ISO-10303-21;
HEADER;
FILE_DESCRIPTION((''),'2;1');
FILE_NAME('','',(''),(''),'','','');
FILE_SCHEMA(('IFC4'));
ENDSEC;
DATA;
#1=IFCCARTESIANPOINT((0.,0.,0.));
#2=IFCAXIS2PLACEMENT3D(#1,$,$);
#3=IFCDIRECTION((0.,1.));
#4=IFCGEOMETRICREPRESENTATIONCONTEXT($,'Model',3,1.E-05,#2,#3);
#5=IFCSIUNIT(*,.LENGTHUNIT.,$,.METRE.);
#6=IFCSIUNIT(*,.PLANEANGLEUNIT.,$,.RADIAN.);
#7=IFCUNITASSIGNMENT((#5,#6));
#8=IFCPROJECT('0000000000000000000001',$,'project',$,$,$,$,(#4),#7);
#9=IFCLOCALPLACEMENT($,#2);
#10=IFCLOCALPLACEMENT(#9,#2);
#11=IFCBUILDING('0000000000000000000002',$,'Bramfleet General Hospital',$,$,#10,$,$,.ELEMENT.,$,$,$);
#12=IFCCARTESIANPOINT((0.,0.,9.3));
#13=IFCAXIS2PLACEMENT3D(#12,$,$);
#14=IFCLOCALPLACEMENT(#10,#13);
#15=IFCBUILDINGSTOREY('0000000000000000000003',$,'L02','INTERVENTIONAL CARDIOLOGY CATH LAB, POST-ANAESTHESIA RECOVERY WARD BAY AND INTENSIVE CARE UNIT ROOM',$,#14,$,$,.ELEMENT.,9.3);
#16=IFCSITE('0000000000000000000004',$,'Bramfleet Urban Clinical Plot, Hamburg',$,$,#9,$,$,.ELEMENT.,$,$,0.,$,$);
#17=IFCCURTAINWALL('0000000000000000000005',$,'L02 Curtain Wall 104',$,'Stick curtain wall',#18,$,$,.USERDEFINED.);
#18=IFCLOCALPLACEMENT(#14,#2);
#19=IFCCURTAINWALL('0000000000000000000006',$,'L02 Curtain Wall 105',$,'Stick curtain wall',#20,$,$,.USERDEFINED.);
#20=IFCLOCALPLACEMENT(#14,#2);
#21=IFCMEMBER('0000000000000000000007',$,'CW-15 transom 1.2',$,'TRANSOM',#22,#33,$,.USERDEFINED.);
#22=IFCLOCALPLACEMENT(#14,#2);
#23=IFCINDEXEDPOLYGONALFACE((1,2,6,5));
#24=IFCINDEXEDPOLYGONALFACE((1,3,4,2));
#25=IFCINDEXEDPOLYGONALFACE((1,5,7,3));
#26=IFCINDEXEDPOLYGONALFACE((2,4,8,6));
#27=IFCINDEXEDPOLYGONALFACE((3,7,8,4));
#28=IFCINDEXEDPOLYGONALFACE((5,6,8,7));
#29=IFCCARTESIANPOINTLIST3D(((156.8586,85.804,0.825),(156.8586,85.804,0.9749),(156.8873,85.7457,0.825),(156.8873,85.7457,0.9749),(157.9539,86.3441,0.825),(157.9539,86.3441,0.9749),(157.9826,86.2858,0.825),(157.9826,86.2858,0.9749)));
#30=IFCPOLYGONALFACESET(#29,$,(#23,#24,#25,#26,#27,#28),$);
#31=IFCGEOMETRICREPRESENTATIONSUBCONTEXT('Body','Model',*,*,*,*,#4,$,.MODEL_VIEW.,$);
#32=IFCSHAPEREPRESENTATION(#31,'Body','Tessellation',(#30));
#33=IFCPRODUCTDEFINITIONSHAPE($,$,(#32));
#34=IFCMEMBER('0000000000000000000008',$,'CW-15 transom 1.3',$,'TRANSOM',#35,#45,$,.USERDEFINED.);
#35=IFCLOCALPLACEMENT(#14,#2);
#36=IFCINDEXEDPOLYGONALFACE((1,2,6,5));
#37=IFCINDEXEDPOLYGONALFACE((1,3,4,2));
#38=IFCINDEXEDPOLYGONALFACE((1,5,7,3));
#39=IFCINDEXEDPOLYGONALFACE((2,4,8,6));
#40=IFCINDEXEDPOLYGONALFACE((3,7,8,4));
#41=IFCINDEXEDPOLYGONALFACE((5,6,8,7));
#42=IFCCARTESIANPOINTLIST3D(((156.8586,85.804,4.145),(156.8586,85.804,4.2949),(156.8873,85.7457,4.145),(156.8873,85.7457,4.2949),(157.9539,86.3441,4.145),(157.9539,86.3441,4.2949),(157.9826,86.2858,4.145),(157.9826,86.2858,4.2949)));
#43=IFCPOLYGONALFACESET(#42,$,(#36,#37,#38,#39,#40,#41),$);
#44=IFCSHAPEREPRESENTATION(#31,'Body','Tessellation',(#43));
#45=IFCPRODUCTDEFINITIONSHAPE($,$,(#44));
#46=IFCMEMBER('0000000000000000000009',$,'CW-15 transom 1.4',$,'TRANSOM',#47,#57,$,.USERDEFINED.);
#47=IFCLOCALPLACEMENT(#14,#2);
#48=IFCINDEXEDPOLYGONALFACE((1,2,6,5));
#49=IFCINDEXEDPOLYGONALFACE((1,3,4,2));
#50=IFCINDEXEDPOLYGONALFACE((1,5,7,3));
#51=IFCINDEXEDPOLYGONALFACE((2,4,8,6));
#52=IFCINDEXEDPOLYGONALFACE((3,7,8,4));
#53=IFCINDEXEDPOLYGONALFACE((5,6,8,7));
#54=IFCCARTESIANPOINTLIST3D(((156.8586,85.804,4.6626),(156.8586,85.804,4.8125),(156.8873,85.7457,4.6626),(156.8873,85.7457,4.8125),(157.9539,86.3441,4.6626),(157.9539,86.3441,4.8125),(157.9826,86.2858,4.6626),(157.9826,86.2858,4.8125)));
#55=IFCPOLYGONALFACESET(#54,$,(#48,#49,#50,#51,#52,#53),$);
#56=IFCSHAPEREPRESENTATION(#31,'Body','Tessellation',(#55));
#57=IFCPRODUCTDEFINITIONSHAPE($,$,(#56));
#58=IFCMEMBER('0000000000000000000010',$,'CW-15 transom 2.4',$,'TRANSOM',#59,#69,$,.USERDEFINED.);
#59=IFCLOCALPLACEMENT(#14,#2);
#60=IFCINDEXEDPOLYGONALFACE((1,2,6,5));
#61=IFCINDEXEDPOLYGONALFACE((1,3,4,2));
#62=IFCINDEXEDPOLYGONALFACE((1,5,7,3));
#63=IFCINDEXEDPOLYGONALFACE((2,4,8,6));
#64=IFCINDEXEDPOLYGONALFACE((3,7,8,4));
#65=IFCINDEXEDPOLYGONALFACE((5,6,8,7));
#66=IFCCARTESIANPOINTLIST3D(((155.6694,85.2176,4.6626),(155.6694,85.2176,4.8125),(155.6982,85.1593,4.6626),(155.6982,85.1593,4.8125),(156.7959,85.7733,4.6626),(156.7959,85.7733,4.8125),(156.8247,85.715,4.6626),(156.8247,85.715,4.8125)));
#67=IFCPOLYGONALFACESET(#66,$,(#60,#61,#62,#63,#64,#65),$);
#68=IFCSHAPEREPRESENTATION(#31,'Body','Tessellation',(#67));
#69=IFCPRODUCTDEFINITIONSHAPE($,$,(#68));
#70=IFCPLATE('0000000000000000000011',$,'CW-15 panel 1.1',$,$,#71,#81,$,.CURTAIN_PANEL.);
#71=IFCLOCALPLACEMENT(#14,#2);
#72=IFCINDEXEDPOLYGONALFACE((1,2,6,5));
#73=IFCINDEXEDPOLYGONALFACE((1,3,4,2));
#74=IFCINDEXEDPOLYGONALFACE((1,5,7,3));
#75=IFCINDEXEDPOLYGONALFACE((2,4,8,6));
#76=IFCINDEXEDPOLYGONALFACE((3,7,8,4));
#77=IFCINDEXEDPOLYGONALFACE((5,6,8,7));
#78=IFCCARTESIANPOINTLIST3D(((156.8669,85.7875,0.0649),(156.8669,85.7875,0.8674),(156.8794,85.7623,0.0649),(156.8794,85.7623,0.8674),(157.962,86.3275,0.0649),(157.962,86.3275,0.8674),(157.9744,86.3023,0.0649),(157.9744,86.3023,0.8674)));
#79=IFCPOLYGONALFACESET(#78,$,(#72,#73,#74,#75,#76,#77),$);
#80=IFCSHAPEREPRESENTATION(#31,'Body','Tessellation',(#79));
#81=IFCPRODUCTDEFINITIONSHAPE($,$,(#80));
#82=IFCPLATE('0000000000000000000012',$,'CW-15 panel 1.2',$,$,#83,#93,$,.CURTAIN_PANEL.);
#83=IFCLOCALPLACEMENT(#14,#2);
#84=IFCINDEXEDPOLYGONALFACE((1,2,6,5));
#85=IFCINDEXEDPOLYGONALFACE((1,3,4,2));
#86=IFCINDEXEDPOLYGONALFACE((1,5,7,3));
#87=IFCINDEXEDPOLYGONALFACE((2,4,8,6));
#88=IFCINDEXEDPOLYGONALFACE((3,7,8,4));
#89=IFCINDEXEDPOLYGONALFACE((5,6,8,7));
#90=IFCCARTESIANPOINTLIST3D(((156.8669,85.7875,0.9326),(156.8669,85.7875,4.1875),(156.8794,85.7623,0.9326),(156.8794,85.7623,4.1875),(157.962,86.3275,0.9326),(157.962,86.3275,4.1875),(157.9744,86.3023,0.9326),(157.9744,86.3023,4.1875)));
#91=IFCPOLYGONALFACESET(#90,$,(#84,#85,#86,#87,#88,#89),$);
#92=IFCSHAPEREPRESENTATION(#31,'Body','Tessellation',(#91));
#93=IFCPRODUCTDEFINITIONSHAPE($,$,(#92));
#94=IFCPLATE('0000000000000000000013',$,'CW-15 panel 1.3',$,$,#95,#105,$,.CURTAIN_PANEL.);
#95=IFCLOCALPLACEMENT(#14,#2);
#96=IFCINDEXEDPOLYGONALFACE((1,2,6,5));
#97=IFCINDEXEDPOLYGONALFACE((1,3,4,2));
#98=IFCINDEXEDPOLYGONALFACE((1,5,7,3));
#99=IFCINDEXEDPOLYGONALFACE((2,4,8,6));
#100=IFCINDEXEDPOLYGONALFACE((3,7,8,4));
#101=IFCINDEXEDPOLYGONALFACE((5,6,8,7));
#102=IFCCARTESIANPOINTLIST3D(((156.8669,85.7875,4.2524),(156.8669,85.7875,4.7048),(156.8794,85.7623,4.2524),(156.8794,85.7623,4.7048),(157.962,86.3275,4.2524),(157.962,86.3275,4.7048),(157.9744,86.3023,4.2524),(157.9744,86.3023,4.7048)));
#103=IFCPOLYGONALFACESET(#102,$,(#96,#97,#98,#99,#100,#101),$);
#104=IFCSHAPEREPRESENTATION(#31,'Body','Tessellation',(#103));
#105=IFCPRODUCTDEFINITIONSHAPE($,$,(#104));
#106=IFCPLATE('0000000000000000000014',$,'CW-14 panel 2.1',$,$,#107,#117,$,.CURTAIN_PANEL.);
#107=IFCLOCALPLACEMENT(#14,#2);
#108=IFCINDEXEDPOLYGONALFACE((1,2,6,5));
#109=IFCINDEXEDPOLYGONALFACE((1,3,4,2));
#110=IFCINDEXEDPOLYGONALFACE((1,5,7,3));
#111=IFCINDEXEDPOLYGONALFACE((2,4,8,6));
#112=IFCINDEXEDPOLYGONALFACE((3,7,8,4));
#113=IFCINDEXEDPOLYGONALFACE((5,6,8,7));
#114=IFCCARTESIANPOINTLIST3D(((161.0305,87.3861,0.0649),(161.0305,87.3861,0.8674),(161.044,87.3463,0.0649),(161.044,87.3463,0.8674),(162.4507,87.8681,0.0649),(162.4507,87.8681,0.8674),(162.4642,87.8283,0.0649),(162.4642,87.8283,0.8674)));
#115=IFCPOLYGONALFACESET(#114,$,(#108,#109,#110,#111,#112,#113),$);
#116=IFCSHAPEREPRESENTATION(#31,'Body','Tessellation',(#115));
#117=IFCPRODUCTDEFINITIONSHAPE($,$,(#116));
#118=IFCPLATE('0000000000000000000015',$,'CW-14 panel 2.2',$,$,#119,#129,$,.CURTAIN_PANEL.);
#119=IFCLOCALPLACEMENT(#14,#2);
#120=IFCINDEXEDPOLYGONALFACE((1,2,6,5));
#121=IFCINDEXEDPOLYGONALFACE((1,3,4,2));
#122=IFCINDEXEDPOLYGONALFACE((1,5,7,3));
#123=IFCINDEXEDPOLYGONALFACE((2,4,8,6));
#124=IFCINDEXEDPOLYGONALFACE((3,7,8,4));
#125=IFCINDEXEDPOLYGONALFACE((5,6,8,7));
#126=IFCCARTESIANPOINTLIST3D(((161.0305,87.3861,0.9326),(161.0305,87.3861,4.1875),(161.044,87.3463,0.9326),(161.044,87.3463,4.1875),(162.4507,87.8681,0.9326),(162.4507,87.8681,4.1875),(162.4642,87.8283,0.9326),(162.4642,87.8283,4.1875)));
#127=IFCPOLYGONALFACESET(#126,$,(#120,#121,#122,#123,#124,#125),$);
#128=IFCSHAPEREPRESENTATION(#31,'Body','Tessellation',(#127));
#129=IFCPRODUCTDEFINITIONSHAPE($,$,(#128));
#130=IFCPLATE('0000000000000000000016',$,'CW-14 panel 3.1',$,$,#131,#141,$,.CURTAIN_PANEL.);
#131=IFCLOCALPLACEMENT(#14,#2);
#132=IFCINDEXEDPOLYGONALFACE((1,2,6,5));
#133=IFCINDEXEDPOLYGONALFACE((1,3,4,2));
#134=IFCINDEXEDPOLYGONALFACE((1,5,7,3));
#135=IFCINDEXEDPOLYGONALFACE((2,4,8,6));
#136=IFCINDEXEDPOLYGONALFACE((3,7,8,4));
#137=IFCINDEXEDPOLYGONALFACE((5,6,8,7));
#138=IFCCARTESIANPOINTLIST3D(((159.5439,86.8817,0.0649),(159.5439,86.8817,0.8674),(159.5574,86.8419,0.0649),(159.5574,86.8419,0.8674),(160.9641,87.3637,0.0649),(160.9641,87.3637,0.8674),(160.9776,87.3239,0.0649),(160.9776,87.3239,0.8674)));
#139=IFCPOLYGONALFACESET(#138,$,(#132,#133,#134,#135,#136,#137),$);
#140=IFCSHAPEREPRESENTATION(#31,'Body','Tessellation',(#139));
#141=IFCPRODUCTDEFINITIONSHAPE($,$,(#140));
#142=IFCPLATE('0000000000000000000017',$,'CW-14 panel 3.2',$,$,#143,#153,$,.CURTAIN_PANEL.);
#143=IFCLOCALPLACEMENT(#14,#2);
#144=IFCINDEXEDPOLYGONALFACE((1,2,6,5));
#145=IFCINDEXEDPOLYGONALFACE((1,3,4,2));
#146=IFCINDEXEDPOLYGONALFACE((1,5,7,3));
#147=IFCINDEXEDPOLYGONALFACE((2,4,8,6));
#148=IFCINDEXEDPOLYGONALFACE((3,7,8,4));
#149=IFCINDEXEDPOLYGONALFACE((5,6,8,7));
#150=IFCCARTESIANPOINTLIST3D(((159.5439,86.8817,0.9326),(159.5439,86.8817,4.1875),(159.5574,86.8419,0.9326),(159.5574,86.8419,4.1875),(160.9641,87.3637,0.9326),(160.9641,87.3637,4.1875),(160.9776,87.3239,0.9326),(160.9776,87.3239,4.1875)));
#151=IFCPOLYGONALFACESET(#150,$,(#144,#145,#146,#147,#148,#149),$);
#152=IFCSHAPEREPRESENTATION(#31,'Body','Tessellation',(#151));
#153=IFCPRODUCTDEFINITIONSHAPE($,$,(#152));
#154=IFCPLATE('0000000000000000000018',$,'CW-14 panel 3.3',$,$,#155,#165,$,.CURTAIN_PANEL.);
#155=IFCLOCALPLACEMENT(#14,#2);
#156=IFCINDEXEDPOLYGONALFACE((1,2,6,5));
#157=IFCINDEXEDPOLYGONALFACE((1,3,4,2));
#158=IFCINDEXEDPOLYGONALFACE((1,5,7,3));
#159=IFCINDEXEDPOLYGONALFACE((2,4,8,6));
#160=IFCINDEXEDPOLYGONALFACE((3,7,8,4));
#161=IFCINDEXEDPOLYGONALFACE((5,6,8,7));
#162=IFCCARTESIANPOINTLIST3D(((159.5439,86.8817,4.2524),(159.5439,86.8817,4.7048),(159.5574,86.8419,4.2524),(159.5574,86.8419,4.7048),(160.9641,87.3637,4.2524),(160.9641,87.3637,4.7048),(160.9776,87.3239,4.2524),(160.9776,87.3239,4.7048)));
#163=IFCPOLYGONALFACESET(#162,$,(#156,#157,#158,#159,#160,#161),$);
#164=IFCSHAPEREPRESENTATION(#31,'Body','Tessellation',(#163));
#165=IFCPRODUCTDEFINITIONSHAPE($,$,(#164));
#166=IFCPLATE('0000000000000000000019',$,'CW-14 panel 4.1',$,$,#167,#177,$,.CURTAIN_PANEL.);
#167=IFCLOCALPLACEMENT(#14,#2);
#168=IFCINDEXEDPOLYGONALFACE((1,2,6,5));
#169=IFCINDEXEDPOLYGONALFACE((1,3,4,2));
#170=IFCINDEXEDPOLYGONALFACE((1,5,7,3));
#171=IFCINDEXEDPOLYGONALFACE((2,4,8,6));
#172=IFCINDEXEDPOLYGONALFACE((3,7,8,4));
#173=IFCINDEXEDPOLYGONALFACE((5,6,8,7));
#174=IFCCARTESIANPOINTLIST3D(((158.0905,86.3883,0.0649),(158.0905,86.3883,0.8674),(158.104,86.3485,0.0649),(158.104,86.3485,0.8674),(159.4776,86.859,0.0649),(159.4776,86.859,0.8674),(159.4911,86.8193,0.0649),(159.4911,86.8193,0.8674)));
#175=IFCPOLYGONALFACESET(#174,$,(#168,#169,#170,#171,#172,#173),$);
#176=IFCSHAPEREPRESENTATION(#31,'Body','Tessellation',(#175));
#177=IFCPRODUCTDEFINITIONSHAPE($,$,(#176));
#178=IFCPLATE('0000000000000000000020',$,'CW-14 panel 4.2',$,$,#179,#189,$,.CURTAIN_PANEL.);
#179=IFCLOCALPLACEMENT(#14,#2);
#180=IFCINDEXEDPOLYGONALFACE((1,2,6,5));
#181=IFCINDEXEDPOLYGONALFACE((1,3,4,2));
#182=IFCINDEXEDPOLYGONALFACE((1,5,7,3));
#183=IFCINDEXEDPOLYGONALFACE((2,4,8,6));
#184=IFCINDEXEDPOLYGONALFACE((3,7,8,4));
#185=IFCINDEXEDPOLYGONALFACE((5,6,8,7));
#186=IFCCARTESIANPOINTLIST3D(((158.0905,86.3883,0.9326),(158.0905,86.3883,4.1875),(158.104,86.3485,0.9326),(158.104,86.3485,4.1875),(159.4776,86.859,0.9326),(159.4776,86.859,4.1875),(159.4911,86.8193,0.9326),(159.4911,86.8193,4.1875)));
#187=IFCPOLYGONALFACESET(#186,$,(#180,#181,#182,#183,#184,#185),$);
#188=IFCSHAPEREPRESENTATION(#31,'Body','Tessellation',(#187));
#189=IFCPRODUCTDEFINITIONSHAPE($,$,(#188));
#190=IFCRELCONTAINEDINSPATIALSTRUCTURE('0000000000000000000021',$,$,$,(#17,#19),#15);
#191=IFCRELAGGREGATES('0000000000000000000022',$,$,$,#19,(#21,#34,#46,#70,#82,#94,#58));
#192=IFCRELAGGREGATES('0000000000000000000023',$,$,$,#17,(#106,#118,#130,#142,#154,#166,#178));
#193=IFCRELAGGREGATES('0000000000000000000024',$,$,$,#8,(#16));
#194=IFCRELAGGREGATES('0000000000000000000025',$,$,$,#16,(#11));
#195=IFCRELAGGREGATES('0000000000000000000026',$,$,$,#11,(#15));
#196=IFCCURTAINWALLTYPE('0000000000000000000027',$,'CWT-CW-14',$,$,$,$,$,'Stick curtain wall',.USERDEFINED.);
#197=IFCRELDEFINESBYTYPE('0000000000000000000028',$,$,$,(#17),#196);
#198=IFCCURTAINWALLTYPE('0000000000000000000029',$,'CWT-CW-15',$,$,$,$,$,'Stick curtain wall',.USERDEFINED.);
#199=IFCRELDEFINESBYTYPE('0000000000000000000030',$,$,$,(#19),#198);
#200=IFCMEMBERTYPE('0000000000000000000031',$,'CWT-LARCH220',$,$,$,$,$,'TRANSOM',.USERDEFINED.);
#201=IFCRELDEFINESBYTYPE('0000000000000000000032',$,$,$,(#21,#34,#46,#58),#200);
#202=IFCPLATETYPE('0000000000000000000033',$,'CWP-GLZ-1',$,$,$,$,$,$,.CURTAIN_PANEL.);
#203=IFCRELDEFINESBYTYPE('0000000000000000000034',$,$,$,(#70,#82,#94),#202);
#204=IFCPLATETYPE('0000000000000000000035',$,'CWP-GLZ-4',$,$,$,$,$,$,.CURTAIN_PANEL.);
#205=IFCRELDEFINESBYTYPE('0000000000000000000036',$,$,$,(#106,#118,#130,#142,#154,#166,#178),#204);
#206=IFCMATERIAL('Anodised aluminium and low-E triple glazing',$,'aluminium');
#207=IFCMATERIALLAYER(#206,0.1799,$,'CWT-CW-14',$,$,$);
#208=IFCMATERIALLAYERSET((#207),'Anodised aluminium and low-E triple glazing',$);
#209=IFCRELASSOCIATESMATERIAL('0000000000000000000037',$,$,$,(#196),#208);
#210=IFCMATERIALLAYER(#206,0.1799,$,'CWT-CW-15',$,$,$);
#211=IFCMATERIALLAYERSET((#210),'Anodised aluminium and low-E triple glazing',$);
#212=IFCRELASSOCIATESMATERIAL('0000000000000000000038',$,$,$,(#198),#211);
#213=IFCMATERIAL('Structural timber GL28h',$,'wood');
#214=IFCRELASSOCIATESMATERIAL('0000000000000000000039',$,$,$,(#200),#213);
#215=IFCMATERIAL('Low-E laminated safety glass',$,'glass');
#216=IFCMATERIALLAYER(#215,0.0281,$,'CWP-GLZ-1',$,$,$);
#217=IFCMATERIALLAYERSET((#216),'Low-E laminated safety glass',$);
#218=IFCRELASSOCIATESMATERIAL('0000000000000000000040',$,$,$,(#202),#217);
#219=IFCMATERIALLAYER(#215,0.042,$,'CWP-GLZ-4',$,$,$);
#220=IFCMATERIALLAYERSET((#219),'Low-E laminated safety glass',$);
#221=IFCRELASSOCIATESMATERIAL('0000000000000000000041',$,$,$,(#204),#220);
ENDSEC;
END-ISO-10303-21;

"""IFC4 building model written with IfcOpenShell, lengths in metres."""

from ifc_helpers import new_model, si_unit, direction, frame, origin, origin_2d, place, context, subcontext, project, spatial, rectangle, extrude, material, layer, layer_set, material_profile, profile_set, type_object, element, aggregate, save


model = new_model("IFC4")

# Units and contexts
model_context = context("Model", 3, precision=1e-05, world=origin(), true_north=direction((0.0, 1.0)))
body_context = subcontext(model_context, "Body", "Model", "MODEL_VIEW")
ifc_project = project(units=[si_unit("LENGTHUNIT", "METRE"), si_unit("PLANEANGLEUNIT", "RADIAN")], contexts=[model_context])

# Site, building, storey
site_placement = place(None, origin())
site = spatial("IfcSite", under=ifc_project, at=site_placement, Name="Bramfleet Urban Clinical Plot, Hamburg", CompositionType="ELEMENT", RefElevation=0.0)
building_placement = place(site_placement, origin())
building = spatial("IfcBuilding", under=site, at=building_placement, Name="Bramfleet General Hospital", CompositionType="ELEMENT")
storey_placement = place(building_placement, frame((0.0, 0.0, 9.3)))
storey = spatial("IfcBuildingStorey", under=building, at=storey_placement, Name="L02", Description="INTERVENTIONAL CARDIOLOGY CATH LAB, POST-ANAESTHESIA RECOVERY WARD BAY AND INTENSIVE CARE UNIT ROOM", CompositionType="ELEMENT", Elevation=9.3)

# Curtain walls
ifc_material_1 = material(Name="Anodised aluminium and low-E triple glazing", Category="aluminium")
ifc_layer_1 = layer(ifc_material_1, 0.1799, Name="CWT-CW-14")
ifc_layer_set_1 = layer_set([ifc_layer_1], Name="Anodised aluminium and low-E triple glazing")
curtain_wall_type_1 = type_object("IfcCurtainWallType", Name="CWT-CW-14", ElementType="Stick curtain wall", PredefinedType="USERDEFINED", material=ifc_layer_set_1)
curtain_wall_1_placement = place(storey_placement, origin())
curtain_wall_1 = element("IfcCurtainWall", 1, at=curtain_wall_1_placement, inside=storey, type_object=curtain_wall_type_1, Name="L02 Curtain Wall 104", ObjectType="Stick curtain wall", PredefinedType="USERDEFINED")
ifc_material_2 = material(Name="Structural timber GL28h", Category="wood")
ifc_layer_2 = layer(ifc_material_1, 0.1799, Name="CWT-CW-15")
ifc_layer_set_2 = layer_set([ifc_layer_2], Name="Anodised aluminium and low-E triple glazing")
curtain_wall_type_2 = type_object("IfcCurtainWallType", Name="CWT-CW-15", ElementType="Stick curtain wall", PredefinedType="USERDEFINED", material=ifc_layer_set_2)
curtain_wall_2_placement = place(storey_placement, origin())
curtain_wall_2 = element("IfcCurtainWall", 2, at=curtain_wall_2_placement, inside=storey, type_object=curtain_wall_type_2, Name="L02 Curtain Wall 105", ObjectType="Stick curtain wall", PredefinedType="USERDEFINED")

# Members
ifc_material_profile_1 = material_profile(ifc_material_2, rectangle(XDim=0.0649, YDim=0.1499, at=origin_2d()), Name="LARCH 150x65")
ifc_profile_set_1 = profile_set([ifc_material_profile_1], Name="Structural timber GL28h")
member_type_1 = type_object("IfcMemberType", Name="CWT-LARCH220", ElementType="TRANSOM", PredefinedType="USERDEFINED", material=ifc_profile_set_1)
member_1_placement = place(storey_placement, frame((157.9683, 86.3149, 0.8999), z_axis=(-0.896893, -0.442248, 0.0), x_axis=(0.442248, -0.896893, 0.0)))
member_1 = element("IfcMember", 3, at=member_1_placement, type_object=member_type_1, Name="CW-15 transom 1.2", ObjectType="TRANSOM", PredefinedType="USERDEFINED", context=body_context, shape_type="SweptSolid", body=[
    extrude(rectangle(XDim=0.0649, YDim=0.1499, at=origin_2d()), origin(), (0.0, 0.0, 1.0), 1.2212),
])
member_2_placement = place(storey_placement, frame((157.9683, 86.3149, 4.22), z_axis=(-0.896893, -0.442248, 0.0), x_axis=(0.442248, -0.896893, 0.0)))
member_2 = element("IfcMember", 4, at=member_2_placement, type_object=member_type_1, Name="CW-15 transom 1.3", ObjectType="TRANSOM", PredefinedType="USERDEFINED", context=body_context, shape_type="SweptSolid", body=[
    extrude(rectangle(XDim=0.0649, YDim=0.1499, at=origin_2d()), origin(), (0.0, 0.0, 1.0), 1.2212),
])
member_3_placement = place(storey_placement, frame((157.9683, 86.3149, 4.7375), z_axis=(-0.896893, -0.442248, 0.0), x_axis=(0.442248, -0.896893, 0.0)))
member_3 = element("IfcMember", 5, at=member_3_placement, type_object=member_type_1, Name="CW-15 transom 1.4", ObjectType="TRANSOM", PredefinedType="USERDEFINED", context=body_context, shape_type="SweptSolid", body=[
    extrude(rectangle(XDim=0.0649, YDim=0.1499, at=origin_2d()), origin(), (0.0, 0.0, 1.0), 1.2212),
])
member_4_placement = place(storey_placement, frame((156.8103, 85.7441, 4.7375), z_axis=(-0.896824, -0.442387, 0.0), x_axis=(0.442387, -0.896824, 0.0)))
member_4 = element("IfcMember", 6, at=member_4_placement, type_object=member_type_1, Name="CW-15 transom 2.4", ObjectType="TRANSOM", PredefinedType="USERDEFINED", context=body_context, shape_type="SweptSolid", body=[
    extrude(rectangle(XDim=0.0649, YDim=0.1499, at=origin_2d()), origin(), (0.0, 0.0, 1.0), 1.2561),
])

# Plates
ifc_material_3 = material(Name="Low-E laminated safety glass", Category="glass")
ifc_layer_3 = layer(ifc_material_3, 0.0281, Name="CWP-GLZ-1")
ifc_layer_set_3 = layer_set([ifc_layer_3], Name="Low-E laminated safety glass")
plate_type_1 = type_object("IfcPlateType", Name="CWP-GLZ-1", PredefinedType="CURTAIN_PANEL", material=ifc_layer_set_3)
plate_1_placement = place(storey_placement, frame((157.4207, 86.0449, 0.0649), z_axis=(0.0, 0.0, 1.0), x_axis=(-0.896865, -0.442305, 0.0)))
plate_1 = element("IfcPlate", 7, at=plate_1_placement, type_object=plate_type_1, Name="CW-15 panel 1.1", PredefinedType="CURTAIN_PANEL", context=body_context, shape_type="SweptSolid", body=[
    extrude(rectangle(XDim=1.2209, YDim=0.0281, at=origin_2d()), origin(), (0.0, 0.0, 1.0), 0.8025),
])
plate_2_placement = place(storey_placement, frame((157.4207, 86.0449, 0.9326), z_axis=(0.0, 0.0, 1.0), x_axis=(-0.896865, -0.442305, 0.0)))
plate_2 = element("IfcPlate", 8, at=plate_2_placement, type_object=plate_type_1, Name="CW-15 panel 1.2", PredefinedType="CURTAIN_PANEL", context=body_context, shape_type="SweptSolid", body=[
    extrude(rectangle(XDim=1.2209, YDim=0.0281, at=origin_2d()), origin(), (0.0, 0.0, 1.0), 3.2549),
])
plate_3_placement = place(storey_placement, frame((157.4207, 86.0449, 4.2524), z_axis=(0.0, 0.0, 1.0), x_axis=(-0.896865, -0.442305, 0.0)))
plate_3 = element("IfcPlate", 9, at=plate_3_placement, type_object=plate_type_1, Name="CW-15 panel 1.3", PredefinedType="CURTAIN_PANEL", context=body_context, shape_type="SweptSolid", body=[
    extrude(rectangle(XDim=1.2209, YDim=0.0281, at=origin_2d()), origin(), (0.0, 0.0, 1.0), 0.4524),
])
aggregate(curtain_wall_2, [member_1, member_2, member_3, plate_1, plate_2, plate_3, member_4])
ifc_layer_4 = layer(ifc_material_3, 0.042, Name="CWP-GLZ-4")
ifc_layer_set_4 = layer_set([ifc_layer_4], Name="Low-E laminated safety glass")
plate_type_2 = type_object("IfcPlateType", Name="CWP-GLZ-4", PredefinedType="CURTAIN_PANEL", material=ifc_layer_set_4)
plate_4_placement = place(storey_placement, frame((161.7473, 87.6072, 0.0649), z_axis=(0.0, 0.0, 1.0), x_axis=(-0.946949, -0.321383, 0.0)))
plate_4 = element("IfcPlate", 10, at=plate_4_placement, type_object=plate_type_2, Name="CW-14 panel 2.1", PredefinedType="CURTAIN_PANEL", context=body_context, shape_type="SweptSolid", body=[
    extrude(rectangle(XDim=1.4998, YDim=0.042, at=origin_2d()), origin(), (0.0, 0.0, 1.0), 0.8025),
])
plate_5_placement = place(storey_placement, frame((161.7473, 87.6072, 0.9326), z_axis=(0.0, 0.0, 1.0), x_axis=(-0.946949, -0.321383, 0.0)))
plate_5 = element("IfcPlate", 11, at=plate_5_placement, type_object=plate_type_2, Name="CW-14 panel 2.2", PredefinedType="CURTAIN_PANEL", context=body_context, shape_type="SweptSolid", body=[
    extrude(rectangle(XDim=1.4998, YDim=0.042, at=origin_2d()), origin(), (0.0, 0.0, 1.0), 3.2549),
])
plate_6_placement = place(storey_placement, frame((160.2607, 87.1028, 0.0649), z_axis=(0.0, 0.0, 1.0), x_axis=(-0.946949, -0.321383, 0.0)))
plate_6 = element("IfcPlate", 12, at=plate_6_placement, type_object=plate_type_2, Name="CW-14 panel 3.1", PredefinedType="CURTAIN_PANEL", context=body_context, shape_type="SweptSolid", body=[
    extrude(rectangle(XDim=1.4998, YDim=0.042, at=origin_2d()), origin(), (0.0, 0.0, 1.0), 0.8025),
])
plate_7_placement = place(storey_placement, frame((160.2607, 87.1028, 0.9326), z_axis=(0.0, 0.0, 1.0), x_axis=(-0.946949, -0.321383, 0.0)))
plate_7 = element("IfcPlate", 13, at=plate_7_placement, type_object=plate_type_2, Name="CW-14 panel 3.2", PredefinedType="CURTAIN_PANEL", context=body_context, shape_type="SweptSolid", body=[
    extrude(rectangle(XDim=1.4998, YDim=0.042, at=origin_2d()), origin(), (0.0, 0.0, 1.0), 3.2549),
])
plate_8_placement = place(storey_placement, frame((160.2607, 87.1028, 4.2524), z_axis=(0.0, 0.0, 1.0), x_axis=(-0.946949, -0.321383, 0.0)))
plate_8 = element("IfcPlate", 14, at=plate_8_placement, type_object=plate_type_2, Name="CW-14 panel 3.3", PredefinedType="CURTAIN_PANEL", context=body_context, shape_type="SweptSolid", body=[
    extrude(rectangle(XDim=1.4998, YDim=0.042, at=origin_2d()), origin(), (0.0, 0.0, 1.0), 0.4524),
])
plate_9_placement = place(storey_placement, frame((158.7908, 86.6038, 0.0649), z_axis=(0.0, 0.0, 1.0), x_axis=(-0.946949, -0.321383, 0.0)))
plate_9 = element("IfcPlate", 15, at=plate_9_placement, type_object=plate_type_2, Name="CW-14 panel 4.1", PredefinedType="CURTAIN_PANEL", context=body_context, shape_type="SweptSolid", body=[
    extrude(rectangle(XDim=1.4648, YDim=0.042, at=origin_2d()), origin(), (0.0, 0.0, 1.0), 0.8025),
])
plate_10_placement = place(storey_placement, frame((158.7908, 86.6038, 0.9326), z_axis=(0.0, 0.0, 1.0), x_axis=(-0.946949, -0.321383, 0.0)))
plate_10 = element("IfcPlate", 16, at=plate_10_placement, type_object=plate_type_2, Name="CW-14 panel 4.2", PredefinedType="CURTAIN_PANEL", context=body_context, shape_type="SweptSolid", body=[
    extrude(rectangle(XDim=1.4648, YDim=0.042, at=origin_2d()), origin(), (0.0, 0.0, 1.0), 3.2549),
])
aggregate(curtain_wall_1, [plate_4, plate_5, plate_6, plate_7, plate_8, plate_9, plate_10])

save(model, "model.ifc")
